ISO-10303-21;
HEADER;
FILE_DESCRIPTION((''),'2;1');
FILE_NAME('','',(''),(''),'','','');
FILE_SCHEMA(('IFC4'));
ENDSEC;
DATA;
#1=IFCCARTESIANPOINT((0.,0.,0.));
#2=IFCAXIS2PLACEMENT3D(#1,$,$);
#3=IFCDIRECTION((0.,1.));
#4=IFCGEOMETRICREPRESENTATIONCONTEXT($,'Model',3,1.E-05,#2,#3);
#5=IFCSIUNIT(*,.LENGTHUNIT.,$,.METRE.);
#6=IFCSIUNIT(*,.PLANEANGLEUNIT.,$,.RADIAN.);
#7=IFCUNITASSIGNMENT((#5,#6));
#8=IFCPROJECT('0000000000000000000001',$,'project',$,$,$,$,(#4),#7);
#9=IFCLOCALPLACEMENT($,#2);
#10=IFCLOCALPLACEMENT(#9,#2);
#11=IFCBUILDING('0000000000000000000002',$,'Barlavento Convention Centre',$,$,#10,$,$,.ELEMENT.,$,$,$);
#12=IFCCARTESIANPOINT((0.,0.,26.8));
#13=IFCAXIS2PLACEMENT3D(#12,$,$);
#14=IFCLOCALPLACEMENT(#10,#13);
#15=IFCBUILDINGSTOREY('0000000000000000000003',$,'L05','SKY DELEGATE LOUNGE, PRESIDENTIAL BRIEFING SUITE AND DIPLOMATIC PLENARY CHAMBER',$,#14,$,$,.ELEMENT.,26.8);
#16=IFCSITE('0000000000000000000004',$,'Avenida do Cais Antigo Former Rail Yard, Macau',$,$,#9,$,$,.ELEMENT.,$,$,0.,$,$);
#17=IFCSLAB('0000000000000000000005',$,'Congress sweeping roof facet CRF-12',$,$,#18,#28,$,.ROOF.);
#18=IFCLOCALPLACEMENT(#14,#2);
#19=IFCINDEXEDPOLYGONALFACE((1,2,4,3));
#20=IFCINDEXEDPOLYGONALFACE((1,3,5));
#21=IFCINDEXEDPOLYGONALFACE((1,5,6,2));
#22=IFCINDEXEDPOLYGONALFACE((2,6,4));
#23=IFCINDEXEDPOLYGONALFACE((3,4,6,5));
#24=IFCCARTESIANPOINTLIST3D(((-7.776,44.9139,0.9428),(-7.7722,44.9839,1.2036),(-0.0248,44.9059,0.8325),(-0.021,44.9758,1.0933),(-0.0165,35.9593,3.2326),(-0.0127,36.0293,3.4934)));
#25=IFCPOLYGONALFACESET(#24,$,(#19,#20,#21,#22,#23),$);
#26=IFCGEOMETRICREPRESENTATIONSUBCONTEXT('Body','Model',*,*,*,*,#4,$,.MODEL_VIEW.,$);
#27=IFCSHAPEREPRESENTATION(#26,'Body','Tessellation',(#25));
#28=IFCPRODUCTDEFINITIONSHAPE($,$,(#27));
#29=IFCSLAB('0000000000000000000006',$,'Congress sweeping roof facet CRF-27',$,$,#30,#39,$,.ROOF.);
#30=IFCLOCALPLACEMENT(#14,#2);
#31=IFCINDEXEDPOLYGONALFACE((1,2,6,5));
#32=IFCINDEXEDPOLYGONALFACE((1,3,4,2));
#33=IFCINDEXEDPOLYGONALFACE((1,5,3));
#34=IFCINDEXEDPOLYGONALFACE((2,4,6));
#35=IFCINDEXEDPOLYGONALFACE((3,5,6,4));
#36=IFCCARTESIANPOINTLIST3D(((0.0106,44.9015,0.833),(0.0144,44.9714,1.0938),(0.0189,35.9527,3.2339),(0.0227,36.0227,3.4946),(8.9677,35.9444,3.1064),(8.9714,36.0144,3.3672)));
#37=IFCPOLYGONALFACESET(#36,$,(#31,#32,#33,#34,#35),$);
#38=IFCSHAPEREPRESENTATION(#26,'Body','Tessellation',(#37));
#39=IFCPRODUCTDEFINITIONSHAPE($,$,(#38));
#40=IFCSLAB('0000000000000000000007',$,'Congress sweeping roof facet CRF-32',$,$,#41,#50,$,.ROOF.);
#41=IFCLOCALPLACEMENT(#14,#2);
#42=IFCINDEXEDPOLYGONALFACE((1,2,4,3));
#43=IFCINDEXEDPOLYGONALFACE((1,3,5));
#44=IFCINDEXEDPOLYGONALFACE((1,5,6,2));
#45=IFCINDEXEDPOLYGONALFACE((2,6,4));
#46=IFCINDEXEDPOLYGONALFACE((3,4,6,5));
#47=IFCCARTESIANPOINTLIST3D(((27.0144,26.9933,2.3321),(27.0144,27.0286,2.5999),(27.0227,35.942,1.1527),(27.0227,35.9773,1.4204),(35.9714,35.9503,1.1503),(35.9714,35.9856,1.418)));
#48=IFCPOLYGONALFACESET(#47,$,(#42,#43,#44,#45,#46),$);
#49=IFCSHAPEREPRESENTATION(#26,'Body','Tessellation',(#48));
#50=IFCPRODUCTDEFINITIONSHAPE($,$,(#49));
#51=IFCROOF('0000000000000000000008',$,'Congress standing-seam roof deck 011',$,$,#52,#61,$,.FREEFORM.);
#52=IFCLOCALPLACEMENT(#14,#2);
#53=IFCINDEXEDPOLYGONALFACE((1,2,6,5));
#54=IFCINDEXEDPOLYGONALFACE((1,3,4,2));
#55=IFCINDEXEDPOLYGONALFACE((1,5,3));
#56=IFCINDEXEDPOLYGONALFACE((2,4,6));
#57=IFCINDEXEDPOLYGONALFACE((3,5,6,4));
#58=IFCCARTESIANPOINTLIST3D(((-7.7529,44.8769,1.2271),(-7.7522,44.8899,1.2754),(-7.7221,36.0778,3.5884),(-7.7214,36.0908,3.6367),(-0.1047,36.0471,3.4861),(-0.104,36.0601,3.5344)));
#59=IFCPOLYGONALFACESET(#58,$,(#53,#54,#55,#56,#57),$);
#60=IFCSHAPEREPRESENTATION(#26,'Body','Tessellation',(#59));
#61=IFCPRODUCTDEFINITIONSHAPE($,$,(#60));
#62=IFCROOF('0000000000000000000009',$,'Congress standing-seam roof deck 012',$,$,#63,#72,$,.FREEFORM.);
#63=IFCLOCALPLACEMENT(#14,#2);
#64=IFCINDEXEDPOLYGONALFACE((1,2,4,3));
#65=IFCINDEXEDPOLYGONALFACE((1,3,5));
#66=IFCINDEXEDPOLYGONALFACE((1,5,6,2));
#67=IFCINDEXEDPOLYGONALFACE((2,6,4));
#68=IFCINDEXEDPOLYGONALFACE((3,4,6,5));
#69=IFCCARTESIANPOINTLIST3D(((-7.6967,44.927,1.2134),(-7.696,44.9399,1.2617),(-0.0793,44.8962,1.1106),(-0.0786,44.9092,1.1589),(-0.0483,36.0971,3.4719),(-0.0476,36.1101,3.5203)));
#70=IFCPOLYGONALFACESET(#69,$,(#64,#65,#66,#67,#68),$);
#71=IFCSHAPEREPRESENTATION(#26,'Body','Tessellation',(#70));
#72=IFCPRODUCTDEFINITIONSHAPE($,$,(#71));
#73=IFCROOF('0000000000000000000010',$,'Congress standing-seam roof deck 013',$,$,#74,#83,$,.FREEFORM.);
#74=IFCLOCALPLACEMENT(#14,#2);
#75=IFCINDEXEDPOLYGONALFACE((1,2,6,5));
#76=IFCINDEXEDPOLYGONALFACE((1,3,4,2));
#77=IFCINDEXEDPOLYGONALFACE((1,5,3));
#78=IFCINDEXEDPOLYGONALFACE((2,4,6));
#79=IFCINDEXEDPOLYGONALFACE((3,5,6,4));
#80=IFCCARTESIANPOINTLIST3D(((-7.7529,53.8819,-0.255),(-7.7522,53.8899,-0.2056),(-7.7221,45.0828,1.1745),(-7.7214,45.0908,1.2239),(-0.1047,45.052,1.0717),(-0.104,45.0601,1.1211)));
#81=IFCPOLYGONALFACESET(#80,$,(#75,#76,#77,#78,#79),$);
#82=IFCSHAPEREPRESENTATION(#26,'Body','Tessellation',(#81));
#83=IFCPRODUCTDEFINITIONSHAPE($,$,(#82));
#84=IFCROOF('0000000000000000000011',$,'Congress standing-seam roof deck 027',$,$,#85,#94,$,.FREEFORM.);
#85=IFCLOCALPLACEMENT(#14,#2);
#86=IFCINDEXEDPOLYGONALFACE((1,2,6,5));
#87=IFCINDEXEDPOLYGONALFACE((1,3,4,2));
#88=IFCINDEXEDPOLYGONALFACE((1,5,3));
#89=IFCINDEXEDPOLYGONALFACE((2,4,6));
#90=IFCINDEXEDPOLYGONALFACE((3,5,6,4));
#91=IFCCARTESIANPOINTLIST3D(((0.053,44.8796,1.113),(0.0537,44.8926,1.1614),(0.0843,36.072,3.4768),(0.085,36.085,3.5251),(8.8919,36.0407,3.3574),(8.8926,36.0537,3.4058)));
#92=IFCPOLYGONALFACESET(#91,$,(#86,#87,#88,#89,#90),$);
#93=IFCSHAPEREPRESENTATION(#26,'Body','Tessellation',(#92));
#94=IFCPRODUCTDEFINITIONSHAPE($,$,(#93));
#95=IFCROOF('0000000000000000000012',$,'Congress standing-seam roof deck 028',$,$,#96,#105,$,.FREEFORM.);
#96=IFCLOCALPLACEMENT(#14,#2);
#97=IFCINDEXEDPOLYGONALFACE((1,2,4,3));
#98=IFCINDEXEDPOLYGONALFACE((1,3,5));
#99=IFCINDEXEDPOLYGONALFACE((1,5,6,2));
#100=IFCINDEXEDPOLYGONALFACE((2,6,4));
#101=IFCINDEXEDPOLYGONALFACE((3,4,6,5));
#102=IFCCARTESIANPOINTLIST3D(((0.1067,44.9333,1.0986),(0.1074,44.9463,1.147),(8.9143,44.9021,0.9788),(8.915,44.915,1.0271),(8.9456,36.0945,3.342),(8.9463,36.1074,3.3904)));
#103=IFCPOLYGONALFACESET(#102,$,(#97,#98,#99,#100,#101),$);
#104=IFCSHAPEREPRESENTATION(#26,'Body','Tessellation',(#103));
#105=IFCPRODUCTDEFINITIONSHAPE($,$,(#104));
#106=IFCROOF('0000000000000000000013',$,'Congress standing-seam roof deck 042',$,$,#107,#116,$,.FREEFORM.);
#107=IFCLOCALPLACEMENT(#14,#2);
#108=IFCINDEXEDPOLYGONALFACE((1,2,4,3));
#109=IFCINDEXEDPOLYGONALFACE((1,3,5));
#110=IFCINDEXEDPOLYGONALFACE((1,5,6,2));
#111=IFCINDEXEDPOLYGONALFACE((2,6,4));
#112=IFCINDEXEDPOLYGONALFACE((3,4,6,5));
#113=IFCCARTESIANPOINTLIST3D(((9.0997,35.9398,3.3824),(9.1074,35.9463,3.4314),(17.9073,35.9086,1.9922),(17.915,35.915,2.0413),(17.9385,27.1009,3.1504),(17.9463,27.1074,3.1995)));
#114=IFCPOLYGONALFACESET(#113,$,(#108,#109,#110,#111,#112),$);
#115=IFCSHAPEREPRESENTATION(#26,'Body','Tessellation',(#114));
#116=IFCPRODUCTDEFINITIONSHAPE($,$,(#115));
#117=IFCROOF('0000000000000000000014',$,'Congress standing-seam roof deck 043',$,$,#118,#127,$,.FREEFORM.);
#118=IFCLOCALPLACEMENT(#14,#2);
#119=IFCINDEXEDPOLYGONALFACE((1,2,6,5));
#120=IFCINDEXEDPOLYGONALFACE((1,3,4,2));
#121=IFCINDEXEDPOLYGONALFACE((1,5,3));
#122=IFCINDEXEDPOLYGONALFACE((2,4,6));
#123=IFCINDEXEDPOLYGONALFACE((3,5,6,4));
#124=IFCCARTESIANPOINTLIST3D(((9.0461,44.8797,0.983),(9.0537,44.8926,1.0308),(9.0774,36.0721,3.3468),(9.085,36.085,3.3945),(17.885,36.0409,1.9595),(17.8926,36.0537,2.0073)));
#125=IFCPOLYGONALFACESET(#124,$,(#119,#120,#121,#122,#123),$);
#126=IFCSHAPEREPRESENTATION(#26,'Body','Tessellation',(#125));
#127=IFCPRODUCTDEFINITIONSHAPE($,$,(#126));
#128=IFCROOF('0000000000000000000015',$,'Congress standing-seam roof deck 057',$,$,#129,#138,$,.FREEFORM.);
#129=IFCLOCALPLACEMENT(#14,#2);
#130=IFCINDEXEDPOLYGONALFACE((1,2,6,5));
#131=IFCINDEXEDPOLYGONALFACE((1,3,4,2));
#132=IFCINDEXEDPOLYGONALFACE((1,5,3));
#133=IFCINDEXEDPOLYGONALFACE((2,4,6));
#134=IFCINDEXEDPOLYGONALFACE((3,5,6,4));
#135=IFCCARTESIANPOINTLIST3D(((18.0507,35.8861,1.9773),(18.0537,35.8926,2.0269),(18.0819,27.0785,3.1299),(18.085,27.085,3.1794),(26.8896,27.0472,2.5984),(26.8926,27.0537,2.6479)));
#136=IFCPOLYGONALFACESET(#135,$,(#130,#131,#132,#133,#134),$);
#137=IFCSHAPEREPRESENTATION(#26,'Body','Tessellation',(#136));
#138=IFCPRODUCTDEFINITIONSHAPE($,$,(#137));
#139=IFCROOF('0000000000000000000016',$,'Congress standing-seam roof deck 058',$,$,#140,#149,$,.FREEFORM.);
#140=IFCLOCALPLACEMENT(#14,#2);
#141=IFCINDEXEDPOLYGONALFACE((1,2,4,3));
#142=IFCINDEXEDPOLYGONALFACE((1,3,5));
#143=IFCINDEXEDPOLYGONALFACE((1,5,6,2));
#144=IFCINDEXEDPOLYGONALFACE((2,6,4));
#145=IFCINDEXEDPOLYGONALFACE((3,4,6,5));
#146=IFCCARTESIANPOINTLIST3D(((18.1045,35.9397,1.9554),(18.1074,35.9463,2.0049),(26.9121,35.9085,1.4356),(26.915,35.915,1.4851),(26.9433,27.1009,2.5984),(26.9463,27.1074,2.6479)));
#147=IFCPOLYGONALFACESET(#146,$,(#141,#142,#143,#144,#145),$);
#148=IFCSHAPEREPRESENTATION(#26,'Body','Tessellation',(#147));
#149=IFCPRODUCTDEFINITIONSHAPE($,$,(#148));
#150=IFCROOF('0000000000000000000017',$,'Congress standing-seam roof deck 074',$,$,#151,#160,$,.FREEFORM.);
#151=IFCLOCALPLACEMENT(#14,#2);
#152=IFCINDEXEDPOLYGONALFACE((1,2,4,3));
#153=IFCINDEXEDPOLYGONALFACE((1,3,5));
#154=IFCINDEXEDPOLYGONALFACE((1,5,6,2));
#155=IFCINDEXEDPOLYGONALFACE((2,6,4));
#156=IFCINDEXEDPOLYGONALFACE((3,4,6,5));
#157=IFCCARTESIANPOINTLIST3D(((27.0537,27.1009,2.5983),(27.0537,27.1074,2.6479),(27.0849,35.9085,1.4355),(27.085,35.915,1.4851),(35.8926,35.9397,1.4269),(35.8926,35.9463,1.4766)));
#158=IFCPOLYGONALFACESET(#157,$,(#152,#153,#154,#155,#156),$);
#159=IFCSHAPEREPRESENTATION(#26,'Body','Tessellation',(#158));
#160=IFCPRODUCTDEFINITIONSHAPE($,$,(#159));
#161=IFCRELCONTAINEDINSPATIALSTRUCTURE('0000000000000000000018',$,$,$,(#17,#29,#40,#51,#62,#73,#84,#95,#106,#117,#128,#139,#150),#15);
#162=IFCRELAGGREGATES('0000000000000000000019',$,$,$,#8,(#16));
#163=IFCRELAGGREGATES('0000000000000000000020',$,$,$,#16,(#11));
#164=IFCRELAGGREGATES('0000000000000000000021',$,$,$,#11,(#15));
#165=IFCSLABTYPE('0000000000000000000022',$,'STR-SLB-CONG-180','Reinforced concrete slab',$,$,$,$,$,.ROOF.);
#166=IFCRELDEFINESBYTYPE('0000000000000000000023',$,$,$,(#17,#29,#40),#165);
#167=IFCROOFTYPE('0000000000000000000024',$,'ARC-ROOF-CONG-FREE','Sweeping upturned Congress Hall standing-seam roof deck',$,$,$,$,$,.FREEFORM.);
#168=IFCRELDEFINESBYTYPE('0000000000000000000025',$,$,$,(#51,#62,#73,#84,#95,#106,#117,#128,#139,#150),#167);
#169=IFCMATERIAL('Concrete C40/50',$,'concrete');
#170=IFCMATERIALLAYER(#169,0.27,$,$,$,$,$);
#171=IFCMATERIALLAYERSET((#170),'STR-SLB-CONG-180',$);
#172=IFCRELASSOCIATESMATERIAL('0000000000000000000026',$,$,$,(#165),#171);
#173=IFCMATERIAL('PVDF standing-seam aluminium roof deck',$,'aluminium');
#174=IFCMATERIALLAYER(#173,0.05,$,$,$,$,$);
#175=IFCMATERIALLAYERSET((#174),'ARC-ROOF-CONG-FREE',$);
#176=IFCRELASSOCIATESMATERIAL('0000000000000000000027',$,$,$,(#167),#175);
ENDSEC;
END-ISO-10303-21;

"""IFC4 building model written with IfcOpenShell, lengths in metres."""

from ifc_helpers import new_model, si_unit, direction, frame, origin, place, context, subcontext, project, spatial, polyline, outline, extrude, material, layer, layer_set, type_object, element, save


model = new_model("IFC4")

# Units and contexts
model_context = context("Model", 3, precision=1e-05, world=origin(), true_north=direction((0.0, 1.0)))
body_context = subcontext(model_context, "Body", "Model", "MODEL_VIEW")
ifc_project = project(units=[si_unit("LENGTHUNIT", "METRE"), si_unit("PLANEANGLEUNIT", "RADIAN")], contexts=[model_context])

# Site, building, storey
site_placement = place(None, origin())
site = spatial("IfcSite", under=ifc_project, at=site_placement, Name="Avenida do Cais Antigo Former Rail Yard, Macau", CompositionType="ELEMENT", RefElevation=0.0)
building_placement = place(site_placement, origin())
building = spatial("IfcBuilding", under=site, at=building_placement, Name="Barlavento Convention Centre", CompositionType="ELEMENT")
storey_placement = place(building_placement, frame((0.0, 0.0, 26.8)))
storey = spatial("IfcBuildingStorey", under=building, at=storey_placement, Name="L05", Description="SKY DELEGATE LOUNGE, PRESIDENTIAL BRIEFING SUITE AND DIPLOMATIC PLENARY CHAMBER", CompositionType="ELEMENT", Elevation=26.8)

# Slabs
ifc_material_1 = material(Name="Concrete C40/50", Category="concrete")
ifc_layer_1 = layer(ifc_material_1, 0.27)
ifc_layer_set_1 = layer_set([ifc_layer_1], Name="STR-SLB-CONG-180")
slab_type_1 = type_object("IfcSlabType", Name="STR-SLB-CONG-180", Description="Reinforced concrete slab", PredefinedType="ROOF", material=ifc_layer_set_1)
slab_1_placement = place(storey_placement, frame((-0.0127, 36.0293, 3.4934), z_axis=(0.014018, 0.259101, 0.965749), x_axis=(-0.000896, 0.965846, -0.259114)))
element("IfcSlab", 1, at=slab_1_placement, inside=storey, type_object=slab_type_1, Name="Congress sweeping roof facet CRF-12", PredefinedType="ROOF", context=body_context, shape_type="SweptSolid", body=[
    extrude(outline(polyline([(0.0, 0.0), (9.2629, 0.0), (9.249, 7.752), (0.0, 0.0)])), origin(), (0.0, 0.0, -1.0), 0.27),
])
slab_2_placement = place(storey_placement, frame((0.0227, 36.0227, 3.4946), z_axis=(0.013994, 0.259115, 0.965745), x_axis=(0.999898, -0.000927, -0.01424)))
element("IfcSlab", 2, at=slab_2_placement, inside=storey, type_object=slab_type_1, Name="Congress sweeping roof facet CRF-27", PredefinedType="ROOF", context=body_context, shape_type="SweptSolid", body=[
    extrude(outline(polyline([(0.0, 0.0), (8.9496, 0.0), (0.0176, 9.2652), (0.0, 0.0)])), origin(), (0.0, 0.0, -1.0), 0.27),
])
slab_3_placement = place(storey_placement, frame((27.0144, 27.0286, 2.5999), z_axis=(0.000149, 0.13067, 0.991426), x_axis=(0.704049, 0.704049, -0.0929)))
element("IfcSlab", 3, at=slab_3_placement, inside=storey, type_object=slab_type_1, Name="Congress sweeping roof facet CRF-32", PredefinedType="ROOF", context=body_context, shape_type="SweptSolid", body=[
    extrude(outline(polyline([(0.0, 0.0), (12.7222, 0.0), (6.4158, 6.3489), (0.0, 0.0)])), origin(), (0.0, 0.0, -1.0), 0.27),
])

# Roofs
ifc_material_2 = material(Name="PVDF standing-seam aluminium roof deck", Category="aluminium")
ifc_layer_2 = layer(ifc_material_2, 0.05)
ifc_layer_set_2 = layer_set([ifc_layer_2], Name="ARC-ROOF-CONG-FREE")
roof_type = type_object("IfcRoofType", Name="ARC-ROOF-CONG-FREE", Description="Sweeping upturned Congress Hall standing-seam roof deck", PredefinedType="FREEFORM", material=ifc_layer_set_2)
roof_1_placement = place(storey_placement, frame((-7.7214, 36.0908, 3.6367), z_axis=(0.014015, 0.25921, 0.965719), x_axis=(0.999902, -0.004038, -0.013428)))
element("IfcRoof", 4, at=roof_1_placement, inside=storey, type_object=roof_type, Name="Congress standing-seam roof deck 011", PredefinedType="FREEFORM", context=body_context, shape_type="SweptSolid", body=[
    extrude(outline(polyline([(0.0, 0.0), (7.6182, 0.0), (-0.0346, 9.1104), (0.0, 0.0)])), origin(), (0.0, 0.0, -1.0), 0.05),
])
roof_2_placement = place(storey_placement, frame((-0.0476, 36.1101, 3.5203), z_axis=(0.014077, 0.259211, 0.965718), x_axis=(-0.003403, 0.965821, -0.259189)))
element("IfcRoof", 5, at=roof_2_placement, inside=storey, type_object=roof_type, Name="Congress standing-seam roof deck 012", PredefinedType="FREEFORM", context=body_context, shape_type="SweptSolid", body=[
    extrude(outline(polyline([(0.0, 0.0), (9.1105, 0.0), (9.1395, 7.6181), (0.0, 0.0)])), origin(), (0.0, 0.0, -1.0), 0.05),
])
roof_3_placement = place(storey_placement, frame((-7.7214, 45.0908, 1.2239), z_axis=(0.013965, 0.160384, 0.986956), x_axis=(0.999901, -0.004038, -0.013492)))
element("IfcRoof", 6, at=roof_3_placement, inside=storey, type_object=roof_type, Name="Congress standing-seam roof deck 013", PredefinedType="FREEFORM", context=body_context, shape_type="SweptSolid", body=[
    extrude(outline(polyline([(0.0, 0.0), (7.6182, 0.0), (-0.047, 8.9144), (0.0, 0.0)])), origin(), (0.0, 0.0, -1.0), 0.05),
])
roof_4_placement = place(storey_placement, frame((0.085, 36.085, 3.5251), z_axis=(0.01401, 0.259226, 0.965715), x_axis=(0.999902, -0.003548, -0.013553)))
element("IfcRoof", 7, at=roof_4_placement, inside=storey, type_object=roof_type, Name="Congress standing-seam roof deck 027", PredefinedType="FREEFORM", context=body_context, shape_type="SweptSolid", body=[
    extrude(outline(polyline([(0.0, 0.0), (8.8085, 0.0), (-0.0305, 9.1193), (0.0, 0.0)])), origin(), (0.0, 0.0, -1.0), 0.05),
])
roof_5_placement = place(storey_placement, frame((8.9463, 36.1074, 3.3904), z_axis=(0.014063, 0.259176, 0.965728), x_axis=(-0.003427, 0.96583, -0.259154)))
element("IfcRoof", 8, at=roof_5_placement, inside=storey, type_object=roof_type, Name="Congress standing-seam roof deck 028", PredefinedType="FREEFORM", context=body_context, shape_type="SweptSolid", body=[
    extrude(outline(polyline([(0.0, 0.0), (9.1192, 0.0), (9.1485, 8.8084), (0.0, 0.0)])), origin(), (0.0, 0.0, -1.0), 0.05),
])
roof_6_placement = place(storey_placement, frame((17.9463, 27.1074, 3.1995), z_axis=(0.155042, 0.129342, 0.979404), x_axis=(-0.003518, 0.991458, -0.130377)))
element("IfcRoof", 9, at=roof_6_placement, inside=storey, type_object=roof_type, Name="Congress standing-seam roof deck 042", PredefinedType="FREEFORM", context=body_context, shape_type="SweptSolid", body=[
    extrude(outline(polyline([(0.0, 0.0), (8.8835, 0.0), (8.7642, 8.9159), (0.0, 0.0)])), origin(), (0.0, 0.0, -1.0), 0.05),
])
roof_7_placement = place(storey_placement, frame((9.085, 36.085, 3.3945), z_axis=(0.151257, 0.256724, 0.954575), x_axis=(0.987817, -0.003505, -0.155582)))
element("IfcRoof", 10, at=roof_7_placement, inside=storey, type_object=roof_type, Name="Congress standing-seam roof deck 043", PredefinedType="FREEFORM", context=body_context, shape_type="SweptSolid", body=[
    extrude(outline(polyline([(0.0, 0.0), (8.9162, 0.0), (0.306, 9.1142), (0.0, 0.0)])), origin(), (0.0, 0.0, -1.0), 0.05),
])
roof_8_placement = place(storey_placement, frame((18.085, 27.085, 3.1794), z_axis=(0.060185, 0.129731, 0.989721), x_axis=(0.998178, -0.003542, -0.060235)))
element("IfcRoof", 11, at=roof_8_placement, inside=storey, type_object=roof_type, Name="Congress standing-seam roof deck 057", PredefinedType="FREEFORM", context=body_context, shape_type="SweptSolid", body=[
    extrude(outline(polyline([(0.0, 0.0), (8.8237, 0.0), (0.007, 8.8828), (0.0, 0.0)])), origin(), (0.0, 0.0, -1.0), 0.05),
])
roof_9_placement = place(storey_placement, frame((26.9463, 27.1074, 2.6479), z_axis=(0.058868, 0.130869, 0.98965), x_axis=(-0.003518, 0.991391, -0.13089)))
element("IfcRoof", 12, at=roof_9_placement, inside=storey, type_object=roof_type, Name="Congress standing-seam roof deck 058", PredefinedType="FREEFORM", context=body_context, shape_type="SweptSolid", body=[
    extrude(outline(polyline([(0.0, 0.0), (8.8841, 0.0), (8.878, 8.823), (0.0, 0.0)])), origin(), (0.0, 0.0, -1.0), 0.05),
])
roof_10_placement = place(storey_placement, frame((27.0537, 27.1074, 2.6479), z_axis=(0.000497, 0.130889, 0.991397), x_axis=(0.704022, 0.704022, -0.093302)))
element("IfcRoof", 13, at=roof_10_placement, inside=storey, type_object=roof_type, Name="Congress standing-seam roof deck 074", PredefinedType="FREEFORM", context=body_context, shape_type="SweptSolid", body=[
    extrude(outline(polyline([(0.0, 0.0), (12.5548, 0.0), (6.3313, 6.2324), (0.0, 0.0)])), origin(), (0.0, 0.0, -1.0), 0.05),
])

save(model, "model.ifc")
